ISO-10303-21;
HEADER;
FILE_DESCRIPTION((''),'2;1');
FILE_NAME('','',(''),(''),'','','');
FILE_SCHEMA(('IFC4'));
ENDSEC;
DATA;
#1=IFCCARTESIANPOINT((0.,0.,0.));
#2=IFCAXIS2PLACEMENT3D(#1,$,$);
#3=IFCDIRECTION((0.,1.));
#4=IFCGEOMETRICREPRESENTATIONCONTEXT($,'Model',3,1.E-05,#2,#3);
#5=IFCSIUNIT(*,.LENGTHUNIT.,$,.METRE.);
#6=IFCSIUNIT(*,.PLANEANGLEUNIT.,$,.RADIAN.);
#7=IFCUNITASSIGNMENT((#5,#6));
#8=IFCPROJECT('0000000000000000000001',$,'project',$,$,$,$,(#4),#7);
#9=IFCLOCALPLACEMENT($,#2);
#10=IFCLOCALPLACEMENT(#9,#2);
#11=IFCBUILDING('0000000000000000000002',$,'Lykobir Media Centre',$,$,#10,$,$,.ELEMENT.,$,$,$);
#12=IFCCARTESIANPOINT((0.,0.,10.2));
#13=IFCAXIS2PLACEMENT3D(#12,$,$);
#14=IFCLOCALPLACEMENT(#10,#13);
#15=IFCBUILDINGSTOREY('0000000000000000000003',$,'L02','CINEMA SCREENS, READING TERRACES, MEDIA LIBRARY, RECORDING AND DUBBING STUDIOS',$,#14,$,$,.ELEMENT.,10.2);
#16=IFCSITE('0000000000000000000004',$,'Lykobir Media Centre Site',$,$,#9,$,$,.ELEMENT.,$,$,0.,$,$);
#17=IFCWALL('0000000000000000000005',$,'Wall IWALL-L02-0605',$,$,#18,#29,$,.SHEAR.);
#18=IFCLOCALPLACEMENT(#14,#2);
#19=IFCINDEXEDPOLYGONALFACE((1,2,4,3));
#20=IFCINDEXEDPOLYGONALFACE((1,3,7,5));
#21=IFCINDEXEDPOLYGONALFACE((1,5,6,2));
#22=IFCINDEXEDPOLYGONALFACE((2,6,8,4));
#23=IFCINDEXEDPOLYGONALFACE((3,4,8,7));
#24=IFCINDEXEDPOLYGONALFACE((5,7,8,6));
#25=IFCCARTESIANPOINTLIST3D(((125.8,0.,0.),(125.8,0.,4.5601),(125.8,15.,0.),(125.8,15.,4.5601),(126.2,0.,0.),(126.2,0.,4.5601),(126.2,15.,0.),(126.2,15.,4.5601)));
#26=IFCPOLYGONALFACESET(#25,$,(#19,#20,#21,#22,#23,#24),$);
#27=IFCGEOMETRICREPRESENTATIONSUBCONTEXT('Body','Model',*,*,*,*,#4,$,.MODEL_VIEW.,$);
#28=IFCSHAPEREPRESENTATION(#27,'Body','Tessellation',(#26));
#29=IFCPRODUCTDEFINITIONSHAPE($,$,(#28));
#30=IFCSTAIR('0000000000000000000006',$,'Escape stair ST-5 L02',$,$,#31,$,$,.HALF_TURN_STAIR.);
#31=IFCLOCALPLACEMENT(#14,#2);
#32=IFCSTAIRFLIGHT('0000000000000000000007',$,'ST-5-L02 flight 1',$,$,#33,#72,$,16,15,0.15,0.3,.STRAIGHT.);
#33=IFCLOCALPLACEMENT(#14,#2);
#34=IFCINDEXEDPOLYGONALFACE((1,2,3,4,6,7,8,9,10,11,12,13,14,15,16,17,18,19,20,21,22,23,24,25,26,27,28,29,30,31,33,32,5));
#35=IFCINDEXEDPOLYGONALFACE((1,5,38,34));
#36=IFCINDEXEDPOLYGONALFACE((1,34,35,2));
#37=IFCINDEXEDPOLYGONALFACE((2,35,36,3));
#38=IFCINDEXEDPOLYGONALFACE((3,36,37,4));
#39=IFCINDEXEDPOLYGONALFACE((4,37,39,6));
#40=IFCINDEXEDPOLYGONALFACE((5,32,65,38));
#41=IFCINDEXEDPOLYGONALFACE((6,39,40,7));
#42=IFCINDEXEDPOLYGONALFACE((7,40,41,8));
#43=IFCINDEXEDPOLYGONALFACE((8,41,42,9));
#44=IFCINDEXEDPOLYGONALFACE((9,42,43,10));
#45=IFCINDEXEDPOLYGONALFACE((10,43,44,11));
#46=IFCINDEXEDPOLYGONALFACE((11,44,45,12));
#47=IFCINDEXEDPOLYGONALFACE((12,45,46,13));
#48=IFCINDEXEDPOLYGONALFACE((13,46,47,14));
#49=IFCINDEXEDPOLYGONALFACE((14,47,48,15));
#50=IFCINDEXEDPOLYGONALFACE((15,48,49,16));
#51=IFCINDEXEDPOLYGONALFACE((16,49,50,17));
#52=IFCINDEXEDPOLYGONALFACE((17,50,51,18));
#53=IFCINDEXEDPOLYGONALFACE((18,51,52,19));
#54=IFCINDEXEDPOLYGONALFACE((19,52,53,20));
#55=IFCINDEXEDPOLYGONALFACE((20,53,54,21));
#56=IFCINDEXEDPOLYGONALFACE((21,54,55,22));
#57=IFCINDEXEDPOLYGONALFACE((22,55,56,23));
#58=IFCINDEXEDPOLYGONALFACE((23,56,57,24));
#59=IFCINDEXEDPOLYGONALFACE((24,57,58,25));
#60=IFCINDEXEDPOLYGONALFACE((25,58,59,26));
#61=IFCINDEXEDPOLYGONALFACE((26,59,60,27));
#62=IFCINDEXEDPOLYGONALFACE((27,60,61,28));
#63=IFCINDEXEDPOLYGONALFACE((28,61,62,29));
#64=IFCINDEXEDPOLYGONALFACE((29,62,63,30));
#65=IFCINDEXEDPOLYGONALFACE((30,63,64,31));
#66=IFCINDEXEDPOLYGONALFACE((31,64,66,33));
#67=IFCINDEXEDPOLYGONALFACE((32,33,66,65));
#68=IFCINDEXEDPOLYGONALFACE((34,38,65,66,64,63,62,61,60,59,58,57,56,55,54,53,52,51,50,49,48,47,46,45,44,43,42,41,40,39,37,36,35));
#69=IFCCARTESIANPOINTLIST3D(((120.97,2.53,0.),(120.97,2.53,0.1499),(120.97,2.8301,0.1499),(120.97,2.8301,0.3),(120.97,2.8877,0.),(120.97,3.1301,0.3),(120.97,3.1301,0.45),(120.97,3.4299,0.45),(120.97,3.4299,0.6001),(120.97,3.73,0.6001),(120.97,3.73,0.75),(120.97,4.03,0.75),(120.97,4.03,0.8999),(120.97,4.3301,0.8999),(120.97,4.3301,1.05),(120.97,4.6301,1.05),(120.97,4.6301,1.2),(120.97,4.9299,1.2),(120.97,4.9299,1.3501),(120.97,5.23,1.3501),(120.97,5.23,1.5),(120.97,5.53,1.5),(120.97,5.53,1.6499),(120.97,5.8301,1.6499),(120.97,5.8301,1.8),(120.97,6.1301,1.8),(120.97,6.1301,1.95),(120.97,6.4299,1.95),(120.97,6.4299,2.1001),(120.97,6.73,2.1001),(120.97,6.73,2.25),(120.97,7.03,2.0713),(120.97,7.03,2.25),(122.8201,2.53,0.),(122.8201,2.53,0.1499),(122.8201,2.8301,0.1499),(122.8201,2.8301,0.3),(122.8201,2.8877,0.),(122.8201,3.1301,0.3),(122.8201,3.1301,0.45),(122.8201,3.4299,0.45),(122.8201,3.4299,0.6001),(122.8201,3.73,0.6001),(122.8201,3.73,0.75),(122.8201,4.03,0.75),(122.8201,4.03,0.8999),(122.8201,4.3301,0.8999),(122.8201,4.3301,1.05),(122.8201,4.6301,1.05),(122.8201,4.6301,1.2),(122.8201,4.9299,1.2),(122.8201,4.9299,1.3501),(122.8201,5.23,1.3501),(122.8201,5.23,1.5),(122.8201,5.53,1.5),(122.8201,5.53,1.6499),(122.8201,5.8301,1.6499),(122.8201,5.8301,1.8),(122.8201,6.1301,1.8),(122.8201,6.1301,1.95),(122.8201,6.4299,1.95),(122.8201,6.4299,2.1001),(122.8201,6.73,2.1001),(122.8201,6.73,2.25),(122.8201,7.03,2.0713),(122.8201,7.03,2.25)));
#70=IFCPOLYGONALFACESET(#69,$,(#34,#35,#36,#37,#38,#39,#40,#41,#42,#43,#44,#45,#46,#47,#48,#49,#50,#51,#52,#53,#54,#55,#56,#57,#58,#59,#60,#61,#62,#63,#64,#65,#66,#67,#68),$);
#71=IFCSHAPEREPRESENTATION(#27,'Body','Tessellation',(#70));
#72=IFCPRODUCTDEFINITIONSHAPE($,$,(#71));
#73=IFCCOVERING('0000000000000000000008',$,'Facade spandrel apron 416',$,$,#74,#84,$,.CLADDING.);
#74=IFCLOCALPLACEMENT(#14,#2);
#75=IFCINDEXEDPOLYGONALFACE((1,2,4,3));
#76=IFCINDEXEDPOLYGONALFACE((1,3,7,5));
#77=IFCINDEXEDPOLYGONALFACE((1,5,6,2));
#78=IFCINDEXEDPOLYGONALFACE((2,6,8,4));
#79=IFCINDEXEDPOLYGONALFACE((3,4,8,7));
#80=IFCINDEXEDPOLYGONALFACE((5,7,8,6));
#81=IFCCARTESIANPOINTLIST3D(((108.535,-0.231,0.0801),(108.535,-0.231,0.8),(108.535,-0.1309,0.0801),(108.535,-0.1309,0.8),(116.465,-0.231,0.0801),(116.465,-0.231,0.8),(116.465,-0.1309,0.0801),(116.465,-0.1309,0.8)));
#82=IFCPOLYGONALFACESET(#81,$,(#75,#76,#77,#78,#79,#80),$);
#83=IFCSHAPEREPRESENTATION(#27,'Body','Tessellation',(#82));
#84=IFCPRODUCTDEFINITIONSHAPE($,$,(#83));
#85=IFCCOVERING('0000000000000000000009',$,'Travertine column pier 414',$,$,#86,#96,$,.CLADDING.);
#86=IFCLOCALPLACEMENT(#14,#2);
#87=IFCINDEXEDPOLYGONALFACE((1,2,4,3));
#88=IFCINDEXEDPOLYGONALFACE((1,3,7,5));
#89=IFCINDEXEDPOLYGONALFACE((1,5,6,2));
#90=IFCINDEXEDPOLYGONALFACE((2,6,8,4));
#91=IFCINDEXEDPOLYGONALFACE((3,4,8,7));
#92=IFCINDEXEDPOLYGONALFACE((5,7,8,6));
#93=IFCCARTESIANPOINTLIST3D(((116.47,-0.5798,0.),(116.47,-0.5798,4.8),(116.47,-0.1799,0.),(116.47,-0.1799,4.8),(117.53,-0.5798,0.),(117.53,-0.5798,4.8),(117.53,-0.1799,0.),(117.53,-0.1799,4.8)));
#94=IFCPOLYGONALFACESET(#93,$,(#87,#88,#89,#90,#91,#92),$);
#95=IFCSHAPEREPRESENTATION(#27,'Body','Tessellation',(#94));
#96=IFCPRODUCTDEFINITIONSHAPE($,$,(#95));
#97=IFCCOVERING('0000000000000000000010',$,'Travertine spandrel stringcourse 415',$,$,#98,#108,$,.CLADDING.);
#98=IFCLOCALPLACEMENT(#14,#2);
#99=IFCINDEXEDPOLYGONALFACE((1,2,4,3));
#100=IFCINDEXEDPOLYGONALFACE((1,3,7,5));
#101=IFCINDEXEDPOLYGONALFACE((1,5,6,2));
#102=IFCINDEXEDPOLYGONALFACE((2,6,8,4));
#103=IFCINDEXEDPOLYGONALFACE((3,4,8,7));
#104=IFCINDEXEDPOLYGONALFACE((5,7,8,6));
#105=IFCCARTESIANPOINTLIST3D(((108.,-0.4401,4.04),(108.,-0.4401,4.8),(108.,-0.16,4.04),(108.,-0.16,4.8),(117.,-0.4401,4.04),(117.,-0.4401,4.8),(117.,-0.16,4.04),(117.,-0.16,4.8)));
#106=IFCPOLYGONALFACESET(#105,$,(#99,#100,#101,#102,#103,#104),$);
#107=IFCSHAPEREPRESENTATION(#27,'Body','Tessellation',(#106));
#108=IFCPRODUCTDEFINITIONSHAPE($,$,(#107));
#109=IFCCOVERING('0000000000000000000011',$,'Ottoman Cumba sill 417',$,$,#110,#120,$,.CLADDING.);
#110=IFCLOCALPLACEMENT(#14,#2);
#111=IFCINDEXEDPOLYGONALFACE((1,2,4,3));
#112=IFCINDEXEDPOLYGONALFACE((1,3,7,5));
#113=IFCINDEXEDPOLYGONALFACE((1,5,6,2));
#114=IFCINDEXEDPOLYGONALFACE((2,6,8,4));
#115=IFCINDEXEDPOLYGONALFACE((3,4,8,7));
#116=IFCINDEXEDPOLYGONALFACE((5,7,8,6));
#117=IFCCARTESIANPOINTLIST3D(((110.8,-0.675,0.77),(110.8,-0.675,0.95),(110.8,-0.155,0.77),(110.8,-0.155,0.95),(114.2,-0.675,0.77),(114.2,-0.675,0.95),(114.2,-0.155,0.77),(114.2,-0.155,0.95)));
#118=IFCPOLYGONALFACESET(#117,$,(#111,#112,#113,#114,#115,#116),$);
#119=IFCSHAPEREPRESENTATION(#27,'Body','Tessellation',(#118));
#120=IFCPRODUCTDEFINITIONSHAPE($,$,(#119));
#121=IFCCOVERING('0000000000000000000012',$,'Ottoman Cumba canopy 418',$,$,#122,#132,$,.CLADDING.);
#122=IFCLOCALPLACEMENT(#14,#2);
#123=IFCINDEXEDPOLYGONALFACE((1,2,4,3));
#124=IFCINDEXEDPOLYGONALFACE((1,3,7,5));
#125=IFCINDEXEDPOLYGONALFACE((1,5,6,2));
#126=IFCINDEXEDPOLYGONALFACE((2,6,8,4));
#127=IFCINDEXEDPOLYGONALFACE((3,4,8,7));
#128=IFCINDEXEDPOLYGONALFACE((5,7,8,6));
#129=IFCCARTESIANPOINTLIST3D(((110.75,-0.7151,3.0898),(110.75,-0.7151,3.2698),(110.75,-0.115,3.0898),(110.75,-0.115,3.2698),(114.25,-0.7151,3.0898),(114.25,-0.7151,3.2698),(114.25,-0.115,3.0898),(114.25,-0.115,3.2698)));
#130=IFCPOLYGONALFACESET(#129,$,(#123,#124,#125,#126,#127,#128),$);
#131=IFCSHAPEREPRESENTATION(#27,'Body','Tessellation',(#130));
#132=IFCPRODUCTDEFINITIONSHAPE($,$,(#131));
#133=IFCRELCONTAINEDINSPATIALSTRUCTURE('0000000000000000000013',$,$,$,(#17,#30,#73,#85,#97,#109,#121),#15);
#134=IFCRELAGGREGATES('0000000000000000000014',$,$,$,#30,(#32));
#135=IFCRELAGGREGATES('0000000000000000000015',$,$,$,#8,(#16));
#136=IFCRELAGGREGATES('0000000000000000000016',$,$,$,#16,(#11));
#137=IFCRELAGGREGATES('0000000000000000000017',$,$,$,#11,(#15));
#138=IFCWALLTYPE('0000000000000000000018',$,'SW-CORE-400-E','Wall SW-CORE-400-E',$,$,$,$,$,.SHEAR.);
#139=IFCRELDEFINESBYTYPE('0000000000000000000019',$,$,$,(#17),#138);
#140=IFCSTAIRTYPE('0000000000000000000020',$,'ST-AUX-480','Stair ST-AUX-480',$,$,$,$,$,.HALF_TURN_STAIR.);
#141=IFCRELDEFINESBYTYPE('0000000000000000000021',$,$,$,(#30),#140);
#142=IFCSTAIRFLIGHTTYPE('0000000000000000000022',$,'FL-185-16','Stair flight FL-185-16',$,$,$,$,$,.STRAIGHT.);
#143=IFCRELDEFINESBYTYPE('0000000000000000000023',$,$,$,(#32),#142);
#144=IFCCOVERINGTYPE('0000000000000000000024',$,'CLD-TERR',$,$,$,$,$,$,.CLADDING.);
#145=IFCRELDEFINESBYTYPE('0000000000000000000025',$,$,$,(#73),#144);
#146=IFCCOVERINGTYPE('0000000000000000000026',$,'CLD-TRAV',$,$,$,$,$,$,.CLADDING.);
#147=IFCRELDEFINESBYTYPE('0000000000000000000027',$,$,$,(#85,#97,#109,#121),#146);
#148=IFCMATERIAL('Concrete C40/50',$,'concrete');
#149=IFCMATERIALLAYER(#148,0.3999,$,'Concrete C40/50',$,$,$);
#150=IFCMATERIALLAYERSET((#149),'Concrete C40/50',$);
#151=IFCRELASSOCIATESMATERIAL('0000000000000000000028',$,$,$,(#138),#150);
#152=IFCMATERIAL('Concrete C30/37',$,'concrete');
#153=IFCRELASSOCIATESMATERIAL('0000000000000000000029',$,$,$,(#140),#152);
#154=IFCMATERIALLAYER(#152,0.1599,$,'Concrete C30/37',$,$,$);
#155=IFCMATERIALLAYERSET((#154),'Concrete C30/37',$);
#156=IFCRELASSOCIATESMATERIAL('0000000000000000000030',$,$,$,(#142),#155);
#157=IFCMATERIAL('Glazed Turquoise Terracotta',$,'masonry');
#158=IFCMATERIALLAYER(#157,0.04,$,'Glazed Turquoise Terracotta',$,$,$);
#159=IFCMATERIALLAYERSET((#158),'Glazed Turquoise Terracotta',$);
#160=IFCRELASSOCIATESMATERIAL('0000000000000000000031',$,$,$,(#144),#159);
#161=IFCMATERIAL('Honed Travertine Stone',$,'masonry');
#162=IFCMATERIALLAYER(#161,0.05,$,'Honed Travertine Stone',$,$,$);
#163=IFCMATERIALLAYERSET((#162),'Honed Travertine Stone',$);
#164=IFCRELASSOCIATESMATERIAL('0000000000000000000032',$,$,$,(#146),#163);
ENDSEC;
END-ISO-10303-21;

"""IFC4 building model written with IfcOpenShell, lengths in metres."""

from ifc_helpers import new_model, si_unit, direction, frame, frame_2d, origin, origin_2d, place, context, subcontext, project, spatial, polyline, rectangle, outline, extrude, material, layer, layer_set, type_object, element, aggregate, save


model = new_model("IFC4")

# Units and contexts
model_context = context("Model", 3, precision=1e-05, world=origin(), true_north=direction((0.0, 1.0)))
body_context = subcontext(model_context, "Body", "Model", "MODEL_VIEW")
ifc_project = project(units=[si_unit("LENGTHUNIT", "METRE"), si_unit("PLANEANGLEUNIT", "RADIAN")], contexts=[model_context])

# Site, building, storey
site_placement = place(None, origin())
site = spatial("IfcSite", under=ifc_project, at=site_placement, Name="Lykobir Media Centre Site", CompositionType="ELEMENT", RefElevation=0.0)
building_placement = place(site_placement, origin())
building = spatial("IfcBuilding", under=site, at=building_placement, Name="Lykobir Media Centre", CompositionType="ELEMENT")
storey_placement = place(building_placement, frame((0.0, 0.0, 10.2)))
storey = spatial("IfcBuildingStorey", under=building, at=storey_placement, Name="L02", Description="CINEMA SCREENS, READING TERRACES, MEDIA LIBRARY, RECORDING AND DUBBING STUDIOS", CompositionType="ELEMENT", Elevation=10.2)

# Shared definitions
ifc_material_1 = material(Name="Concrete C40/50", Category="concrete")

# Wall
ifc_layer_1 = layer(ifc_material_1, 0.3999, Name="Concrete C40/50")
ifc_layer_set_1 = layer_set([ifc_layer_1], Name="Concrete C40/50")
wall_type_1 = type_object("IfcWallType", Name="SW-CORE-400-E", Description="Wall SW-CORE-400-E", PredefinedType="SHEAR", material=ifc_layer_set_1)
wall_1_placement = place(storey_placement, frame((126.0, 0.0, 0.0), z_axis=(0.0, 0.0, 1.0), x_axis=(0.0, 1.0, 0.0)))
element("IfcWall", 1, at=wall_1_placement, inside=storey, type_object=wall_type_1, Name="Wall IWALL-L02-0605", PredefinedType="SHEAR", context=body_context, shape_type="SweptSolid", body=[
    extrude(rectangle(XDim=15.0, YDim=0.3999, at=frame_2d((7.5, 0.0))), origin(), (0.0, 0.0, 1.0), 4.5601),
])

# Stair, stair flight
ifc_material_2 = material(Name="Concrete C30/37", Category="concrete")
stair_type = type_object("IfcStairType", Name="ST-AUX-480", Description="Stair ST-AUX-480", PredefinedType="HALF_TURN_STAIR", material=ifc_material_2)
stair_placement = place(storey_placement, origin())
stair = element("IfcStair", 2, at=stair_placement, inside=storey, type_object=stair_type, Name="Escape stair ST-5 L02", PredefinedType="HALF_TURN_STAIR")
ifc_layer_2 = layer(ifc_material_2, 0.1599, Name="Concrete C30/37")
ifc_layer_set_2 = layer_set([ifc_layer_2], Name="Concrete C30/37")
stair_flight_type = type_object("IfcStairFlightType", Name="FL-185-16", Description="Stair flight FL-185-16", PredefinedType="STRAIGHT", material=ifc_layer_set_2)
stair_flight_placement = place(storey_placement, frame((121.895, 2.53, 0.0), z_axis=(0.0, 0.0, 1.0), x_axis=(0.0, 1.0, 0.0)))
stair_flight = element("IfcStairFlight", 3, at=stair_flight_placement, type_object=stair_flight_type, Name="ST-5-L02 flight 1", NumberOfRisers=16, NumberOfTreads=15, PredefinedType="STRAIGHT", RiserHeight=0.15, TreadLength=0.3, context=body_context, shape_type="SweptSolid", body=[
    extrude(outline(polyline([(0.0, 0.0), (0.0, 0.1499), (0.3, 0.1499), (0.3, 0.3), (0.6001, 0.3), (0.6001, 0.45), (0.8999, 0.45), (0.8999, 0.6001), (1.2, 0.6001), (1.2, 0.75), (1.5, 0.75), (1.5, 0.8999), (1.8, 0.8999), (1.8, 1.05), (2.1001, 1.05), (2.1001, 1.2), (2.3999, 1.2), (2.3999, 1.3501), (2.7, 1.3501), (2.7, 1.5), (3.0, 1.5), (3.0, 1.6499), (3.3, 1.6499), (3.3, 1.8), (3.6001, 1.8), (3.6001, 1.95), (3.8999, 1.95), (3.8999, 2.1001), (4.2, 2.1001), (4.2, 2.25), (4.5, 2.25), (4.5, 2.3999), (4.5, 2.0713), (0.3577, 0.0), (0.0, 0.0)])), frame((0.0, 0.925, 0.0), z_axis=(0.0, -1.0, 0.0), x_axis=(1.0, 0.0, 0.0)), (0.0, 0.0, 1.0), 1.8501),
])
aggregate(stair, [stair_flight])

# Coverings
ifc_material_3 = material(Name="Glazed Turquoise Terracotta", Category="masonry")
ifc_layer_3 = layer(ifc_material_3, 0.04, Name="Glazed Turquoise Terracotta")
ifc_layer_set_3 = layer_set([ifc_layer_3], Name="Glazed Turquoise Terracotta")
covering_type_1 = type_object("IfcCoveringType", Name="CLD-TERR", PredefinedType="CLADDING", material=ifc_layer_set_3)
covering_1_placement = place(storey_placement, frame((112.5, -0.1809, 0.0801), z_axis=(0.0, 0.0, 1.0), x_axis=(1.0, 0.0, 0.0)))
element("IfcCovering", 4, at=covering_1_placement, inside=storey, type_object=covering_type_1, Name="Facade spandrel apron 416", PredefinedType="CLADDING", context=body_context, shape_type="SweptSolid", body=[
    extrude(rectangle(XDim=7.9299, YDim=0.1001, at=origin_2d()), origin(), (0.0, 0.0, 1.0), 0.72),
])
ifc_material_4 = material(Name="Honed Travertine Stone", Category="masonry")
ifc_layer_4 = layer(ifc_material_4, 0.05, Name="Honed Travertine Stone")
ifc_layer_set_4 = layer_set([ifc_layer_4], Name="Honed Travertine Stone")
covering_type_2 = type_object("IfcCoveringType", Name="CLD-TRAV", PredefinedType="CLADDING", material=ifc_layer_set_4)
covering_2_placement = place(storey_placement, frame((117.0, -0.3799, 0.0), z_axis=(0.0, 0.0, 1.0), x_axis=(1.0, 0.0, 0.0)))
element("IfcCovering", 5, at=covering_2_placement, inside=storey, type_object=covering_type_2, Name="Travertine column pier 414", PredefinedType="CLADDING", context=body_context, shape_type="SweptSolid", body=[
    extrude(rectangle(XDim=1.0601, YDim=0.3999, at=origin_2d()), origin(), (0.0, 0.0, 1.0), 4.8),
])
covering_3_placement = place(storey_placement, frame((112.5, -0.3, 4.04), z_axis=(0.0, 0.0, 1.0), x_axis=(1.0, 0.0, 0.0)))
element("IfcCovering", 6, at=covering_3_placement, inside=storey, type_object=covering_type_2, Name="Travertine spandrel stringcourse 415", PredefinedType="CLADDING", context=body_context, shape_type="SweptSolid", body=[
    extrude(rectangle(XDim=9.0, YDim=0.28, at=origin_2d()), origin(), (0.0, 0.0, 1.0), 0.76),
])
covering_4_placement = place(storey_placement, frame((112.5, -0.415, 0.77), z_axis=(0.0, 0.0, 1.0), x_axis=(1.0, 0.0, 0.0)))
element("IfcCovering", 7, at=covering_4_placement, inside=storey, type_object=covering_type_2, Name="Ottoman Cumba sill 417", PredefinedType="CLADDING", context=body_context, shape_type="SweptSolid", body=[
    extrude(rectangle(XDim=3.3999, YDim=0.52, at=origin_2d()), origin(), (0.0, 0.0, 1.0), 0.1799),
])
covering_5_placement = place(storey_placement, frame((112.5, -0.415, 3.0898), z_axis=(0.0, 0.0, 1.0), x_axis=(1.0, 0.0, 0.0)))
element("IfcCovering", 8, at=covering_5_placement, inside=storey, type_object=covering_type_2, Name="Ottoman Cumba canopy 418", PredefinedType="CLADDING", context=body_context, shape_type="SweptSolid", body=[
    extrude(rectangle(XDim=3.5, YDim=0.6001, at=origin_2d()), origin(), (0.0, 0.0, 1.0), 0.1799),
])

save(model, "model.ifc")
